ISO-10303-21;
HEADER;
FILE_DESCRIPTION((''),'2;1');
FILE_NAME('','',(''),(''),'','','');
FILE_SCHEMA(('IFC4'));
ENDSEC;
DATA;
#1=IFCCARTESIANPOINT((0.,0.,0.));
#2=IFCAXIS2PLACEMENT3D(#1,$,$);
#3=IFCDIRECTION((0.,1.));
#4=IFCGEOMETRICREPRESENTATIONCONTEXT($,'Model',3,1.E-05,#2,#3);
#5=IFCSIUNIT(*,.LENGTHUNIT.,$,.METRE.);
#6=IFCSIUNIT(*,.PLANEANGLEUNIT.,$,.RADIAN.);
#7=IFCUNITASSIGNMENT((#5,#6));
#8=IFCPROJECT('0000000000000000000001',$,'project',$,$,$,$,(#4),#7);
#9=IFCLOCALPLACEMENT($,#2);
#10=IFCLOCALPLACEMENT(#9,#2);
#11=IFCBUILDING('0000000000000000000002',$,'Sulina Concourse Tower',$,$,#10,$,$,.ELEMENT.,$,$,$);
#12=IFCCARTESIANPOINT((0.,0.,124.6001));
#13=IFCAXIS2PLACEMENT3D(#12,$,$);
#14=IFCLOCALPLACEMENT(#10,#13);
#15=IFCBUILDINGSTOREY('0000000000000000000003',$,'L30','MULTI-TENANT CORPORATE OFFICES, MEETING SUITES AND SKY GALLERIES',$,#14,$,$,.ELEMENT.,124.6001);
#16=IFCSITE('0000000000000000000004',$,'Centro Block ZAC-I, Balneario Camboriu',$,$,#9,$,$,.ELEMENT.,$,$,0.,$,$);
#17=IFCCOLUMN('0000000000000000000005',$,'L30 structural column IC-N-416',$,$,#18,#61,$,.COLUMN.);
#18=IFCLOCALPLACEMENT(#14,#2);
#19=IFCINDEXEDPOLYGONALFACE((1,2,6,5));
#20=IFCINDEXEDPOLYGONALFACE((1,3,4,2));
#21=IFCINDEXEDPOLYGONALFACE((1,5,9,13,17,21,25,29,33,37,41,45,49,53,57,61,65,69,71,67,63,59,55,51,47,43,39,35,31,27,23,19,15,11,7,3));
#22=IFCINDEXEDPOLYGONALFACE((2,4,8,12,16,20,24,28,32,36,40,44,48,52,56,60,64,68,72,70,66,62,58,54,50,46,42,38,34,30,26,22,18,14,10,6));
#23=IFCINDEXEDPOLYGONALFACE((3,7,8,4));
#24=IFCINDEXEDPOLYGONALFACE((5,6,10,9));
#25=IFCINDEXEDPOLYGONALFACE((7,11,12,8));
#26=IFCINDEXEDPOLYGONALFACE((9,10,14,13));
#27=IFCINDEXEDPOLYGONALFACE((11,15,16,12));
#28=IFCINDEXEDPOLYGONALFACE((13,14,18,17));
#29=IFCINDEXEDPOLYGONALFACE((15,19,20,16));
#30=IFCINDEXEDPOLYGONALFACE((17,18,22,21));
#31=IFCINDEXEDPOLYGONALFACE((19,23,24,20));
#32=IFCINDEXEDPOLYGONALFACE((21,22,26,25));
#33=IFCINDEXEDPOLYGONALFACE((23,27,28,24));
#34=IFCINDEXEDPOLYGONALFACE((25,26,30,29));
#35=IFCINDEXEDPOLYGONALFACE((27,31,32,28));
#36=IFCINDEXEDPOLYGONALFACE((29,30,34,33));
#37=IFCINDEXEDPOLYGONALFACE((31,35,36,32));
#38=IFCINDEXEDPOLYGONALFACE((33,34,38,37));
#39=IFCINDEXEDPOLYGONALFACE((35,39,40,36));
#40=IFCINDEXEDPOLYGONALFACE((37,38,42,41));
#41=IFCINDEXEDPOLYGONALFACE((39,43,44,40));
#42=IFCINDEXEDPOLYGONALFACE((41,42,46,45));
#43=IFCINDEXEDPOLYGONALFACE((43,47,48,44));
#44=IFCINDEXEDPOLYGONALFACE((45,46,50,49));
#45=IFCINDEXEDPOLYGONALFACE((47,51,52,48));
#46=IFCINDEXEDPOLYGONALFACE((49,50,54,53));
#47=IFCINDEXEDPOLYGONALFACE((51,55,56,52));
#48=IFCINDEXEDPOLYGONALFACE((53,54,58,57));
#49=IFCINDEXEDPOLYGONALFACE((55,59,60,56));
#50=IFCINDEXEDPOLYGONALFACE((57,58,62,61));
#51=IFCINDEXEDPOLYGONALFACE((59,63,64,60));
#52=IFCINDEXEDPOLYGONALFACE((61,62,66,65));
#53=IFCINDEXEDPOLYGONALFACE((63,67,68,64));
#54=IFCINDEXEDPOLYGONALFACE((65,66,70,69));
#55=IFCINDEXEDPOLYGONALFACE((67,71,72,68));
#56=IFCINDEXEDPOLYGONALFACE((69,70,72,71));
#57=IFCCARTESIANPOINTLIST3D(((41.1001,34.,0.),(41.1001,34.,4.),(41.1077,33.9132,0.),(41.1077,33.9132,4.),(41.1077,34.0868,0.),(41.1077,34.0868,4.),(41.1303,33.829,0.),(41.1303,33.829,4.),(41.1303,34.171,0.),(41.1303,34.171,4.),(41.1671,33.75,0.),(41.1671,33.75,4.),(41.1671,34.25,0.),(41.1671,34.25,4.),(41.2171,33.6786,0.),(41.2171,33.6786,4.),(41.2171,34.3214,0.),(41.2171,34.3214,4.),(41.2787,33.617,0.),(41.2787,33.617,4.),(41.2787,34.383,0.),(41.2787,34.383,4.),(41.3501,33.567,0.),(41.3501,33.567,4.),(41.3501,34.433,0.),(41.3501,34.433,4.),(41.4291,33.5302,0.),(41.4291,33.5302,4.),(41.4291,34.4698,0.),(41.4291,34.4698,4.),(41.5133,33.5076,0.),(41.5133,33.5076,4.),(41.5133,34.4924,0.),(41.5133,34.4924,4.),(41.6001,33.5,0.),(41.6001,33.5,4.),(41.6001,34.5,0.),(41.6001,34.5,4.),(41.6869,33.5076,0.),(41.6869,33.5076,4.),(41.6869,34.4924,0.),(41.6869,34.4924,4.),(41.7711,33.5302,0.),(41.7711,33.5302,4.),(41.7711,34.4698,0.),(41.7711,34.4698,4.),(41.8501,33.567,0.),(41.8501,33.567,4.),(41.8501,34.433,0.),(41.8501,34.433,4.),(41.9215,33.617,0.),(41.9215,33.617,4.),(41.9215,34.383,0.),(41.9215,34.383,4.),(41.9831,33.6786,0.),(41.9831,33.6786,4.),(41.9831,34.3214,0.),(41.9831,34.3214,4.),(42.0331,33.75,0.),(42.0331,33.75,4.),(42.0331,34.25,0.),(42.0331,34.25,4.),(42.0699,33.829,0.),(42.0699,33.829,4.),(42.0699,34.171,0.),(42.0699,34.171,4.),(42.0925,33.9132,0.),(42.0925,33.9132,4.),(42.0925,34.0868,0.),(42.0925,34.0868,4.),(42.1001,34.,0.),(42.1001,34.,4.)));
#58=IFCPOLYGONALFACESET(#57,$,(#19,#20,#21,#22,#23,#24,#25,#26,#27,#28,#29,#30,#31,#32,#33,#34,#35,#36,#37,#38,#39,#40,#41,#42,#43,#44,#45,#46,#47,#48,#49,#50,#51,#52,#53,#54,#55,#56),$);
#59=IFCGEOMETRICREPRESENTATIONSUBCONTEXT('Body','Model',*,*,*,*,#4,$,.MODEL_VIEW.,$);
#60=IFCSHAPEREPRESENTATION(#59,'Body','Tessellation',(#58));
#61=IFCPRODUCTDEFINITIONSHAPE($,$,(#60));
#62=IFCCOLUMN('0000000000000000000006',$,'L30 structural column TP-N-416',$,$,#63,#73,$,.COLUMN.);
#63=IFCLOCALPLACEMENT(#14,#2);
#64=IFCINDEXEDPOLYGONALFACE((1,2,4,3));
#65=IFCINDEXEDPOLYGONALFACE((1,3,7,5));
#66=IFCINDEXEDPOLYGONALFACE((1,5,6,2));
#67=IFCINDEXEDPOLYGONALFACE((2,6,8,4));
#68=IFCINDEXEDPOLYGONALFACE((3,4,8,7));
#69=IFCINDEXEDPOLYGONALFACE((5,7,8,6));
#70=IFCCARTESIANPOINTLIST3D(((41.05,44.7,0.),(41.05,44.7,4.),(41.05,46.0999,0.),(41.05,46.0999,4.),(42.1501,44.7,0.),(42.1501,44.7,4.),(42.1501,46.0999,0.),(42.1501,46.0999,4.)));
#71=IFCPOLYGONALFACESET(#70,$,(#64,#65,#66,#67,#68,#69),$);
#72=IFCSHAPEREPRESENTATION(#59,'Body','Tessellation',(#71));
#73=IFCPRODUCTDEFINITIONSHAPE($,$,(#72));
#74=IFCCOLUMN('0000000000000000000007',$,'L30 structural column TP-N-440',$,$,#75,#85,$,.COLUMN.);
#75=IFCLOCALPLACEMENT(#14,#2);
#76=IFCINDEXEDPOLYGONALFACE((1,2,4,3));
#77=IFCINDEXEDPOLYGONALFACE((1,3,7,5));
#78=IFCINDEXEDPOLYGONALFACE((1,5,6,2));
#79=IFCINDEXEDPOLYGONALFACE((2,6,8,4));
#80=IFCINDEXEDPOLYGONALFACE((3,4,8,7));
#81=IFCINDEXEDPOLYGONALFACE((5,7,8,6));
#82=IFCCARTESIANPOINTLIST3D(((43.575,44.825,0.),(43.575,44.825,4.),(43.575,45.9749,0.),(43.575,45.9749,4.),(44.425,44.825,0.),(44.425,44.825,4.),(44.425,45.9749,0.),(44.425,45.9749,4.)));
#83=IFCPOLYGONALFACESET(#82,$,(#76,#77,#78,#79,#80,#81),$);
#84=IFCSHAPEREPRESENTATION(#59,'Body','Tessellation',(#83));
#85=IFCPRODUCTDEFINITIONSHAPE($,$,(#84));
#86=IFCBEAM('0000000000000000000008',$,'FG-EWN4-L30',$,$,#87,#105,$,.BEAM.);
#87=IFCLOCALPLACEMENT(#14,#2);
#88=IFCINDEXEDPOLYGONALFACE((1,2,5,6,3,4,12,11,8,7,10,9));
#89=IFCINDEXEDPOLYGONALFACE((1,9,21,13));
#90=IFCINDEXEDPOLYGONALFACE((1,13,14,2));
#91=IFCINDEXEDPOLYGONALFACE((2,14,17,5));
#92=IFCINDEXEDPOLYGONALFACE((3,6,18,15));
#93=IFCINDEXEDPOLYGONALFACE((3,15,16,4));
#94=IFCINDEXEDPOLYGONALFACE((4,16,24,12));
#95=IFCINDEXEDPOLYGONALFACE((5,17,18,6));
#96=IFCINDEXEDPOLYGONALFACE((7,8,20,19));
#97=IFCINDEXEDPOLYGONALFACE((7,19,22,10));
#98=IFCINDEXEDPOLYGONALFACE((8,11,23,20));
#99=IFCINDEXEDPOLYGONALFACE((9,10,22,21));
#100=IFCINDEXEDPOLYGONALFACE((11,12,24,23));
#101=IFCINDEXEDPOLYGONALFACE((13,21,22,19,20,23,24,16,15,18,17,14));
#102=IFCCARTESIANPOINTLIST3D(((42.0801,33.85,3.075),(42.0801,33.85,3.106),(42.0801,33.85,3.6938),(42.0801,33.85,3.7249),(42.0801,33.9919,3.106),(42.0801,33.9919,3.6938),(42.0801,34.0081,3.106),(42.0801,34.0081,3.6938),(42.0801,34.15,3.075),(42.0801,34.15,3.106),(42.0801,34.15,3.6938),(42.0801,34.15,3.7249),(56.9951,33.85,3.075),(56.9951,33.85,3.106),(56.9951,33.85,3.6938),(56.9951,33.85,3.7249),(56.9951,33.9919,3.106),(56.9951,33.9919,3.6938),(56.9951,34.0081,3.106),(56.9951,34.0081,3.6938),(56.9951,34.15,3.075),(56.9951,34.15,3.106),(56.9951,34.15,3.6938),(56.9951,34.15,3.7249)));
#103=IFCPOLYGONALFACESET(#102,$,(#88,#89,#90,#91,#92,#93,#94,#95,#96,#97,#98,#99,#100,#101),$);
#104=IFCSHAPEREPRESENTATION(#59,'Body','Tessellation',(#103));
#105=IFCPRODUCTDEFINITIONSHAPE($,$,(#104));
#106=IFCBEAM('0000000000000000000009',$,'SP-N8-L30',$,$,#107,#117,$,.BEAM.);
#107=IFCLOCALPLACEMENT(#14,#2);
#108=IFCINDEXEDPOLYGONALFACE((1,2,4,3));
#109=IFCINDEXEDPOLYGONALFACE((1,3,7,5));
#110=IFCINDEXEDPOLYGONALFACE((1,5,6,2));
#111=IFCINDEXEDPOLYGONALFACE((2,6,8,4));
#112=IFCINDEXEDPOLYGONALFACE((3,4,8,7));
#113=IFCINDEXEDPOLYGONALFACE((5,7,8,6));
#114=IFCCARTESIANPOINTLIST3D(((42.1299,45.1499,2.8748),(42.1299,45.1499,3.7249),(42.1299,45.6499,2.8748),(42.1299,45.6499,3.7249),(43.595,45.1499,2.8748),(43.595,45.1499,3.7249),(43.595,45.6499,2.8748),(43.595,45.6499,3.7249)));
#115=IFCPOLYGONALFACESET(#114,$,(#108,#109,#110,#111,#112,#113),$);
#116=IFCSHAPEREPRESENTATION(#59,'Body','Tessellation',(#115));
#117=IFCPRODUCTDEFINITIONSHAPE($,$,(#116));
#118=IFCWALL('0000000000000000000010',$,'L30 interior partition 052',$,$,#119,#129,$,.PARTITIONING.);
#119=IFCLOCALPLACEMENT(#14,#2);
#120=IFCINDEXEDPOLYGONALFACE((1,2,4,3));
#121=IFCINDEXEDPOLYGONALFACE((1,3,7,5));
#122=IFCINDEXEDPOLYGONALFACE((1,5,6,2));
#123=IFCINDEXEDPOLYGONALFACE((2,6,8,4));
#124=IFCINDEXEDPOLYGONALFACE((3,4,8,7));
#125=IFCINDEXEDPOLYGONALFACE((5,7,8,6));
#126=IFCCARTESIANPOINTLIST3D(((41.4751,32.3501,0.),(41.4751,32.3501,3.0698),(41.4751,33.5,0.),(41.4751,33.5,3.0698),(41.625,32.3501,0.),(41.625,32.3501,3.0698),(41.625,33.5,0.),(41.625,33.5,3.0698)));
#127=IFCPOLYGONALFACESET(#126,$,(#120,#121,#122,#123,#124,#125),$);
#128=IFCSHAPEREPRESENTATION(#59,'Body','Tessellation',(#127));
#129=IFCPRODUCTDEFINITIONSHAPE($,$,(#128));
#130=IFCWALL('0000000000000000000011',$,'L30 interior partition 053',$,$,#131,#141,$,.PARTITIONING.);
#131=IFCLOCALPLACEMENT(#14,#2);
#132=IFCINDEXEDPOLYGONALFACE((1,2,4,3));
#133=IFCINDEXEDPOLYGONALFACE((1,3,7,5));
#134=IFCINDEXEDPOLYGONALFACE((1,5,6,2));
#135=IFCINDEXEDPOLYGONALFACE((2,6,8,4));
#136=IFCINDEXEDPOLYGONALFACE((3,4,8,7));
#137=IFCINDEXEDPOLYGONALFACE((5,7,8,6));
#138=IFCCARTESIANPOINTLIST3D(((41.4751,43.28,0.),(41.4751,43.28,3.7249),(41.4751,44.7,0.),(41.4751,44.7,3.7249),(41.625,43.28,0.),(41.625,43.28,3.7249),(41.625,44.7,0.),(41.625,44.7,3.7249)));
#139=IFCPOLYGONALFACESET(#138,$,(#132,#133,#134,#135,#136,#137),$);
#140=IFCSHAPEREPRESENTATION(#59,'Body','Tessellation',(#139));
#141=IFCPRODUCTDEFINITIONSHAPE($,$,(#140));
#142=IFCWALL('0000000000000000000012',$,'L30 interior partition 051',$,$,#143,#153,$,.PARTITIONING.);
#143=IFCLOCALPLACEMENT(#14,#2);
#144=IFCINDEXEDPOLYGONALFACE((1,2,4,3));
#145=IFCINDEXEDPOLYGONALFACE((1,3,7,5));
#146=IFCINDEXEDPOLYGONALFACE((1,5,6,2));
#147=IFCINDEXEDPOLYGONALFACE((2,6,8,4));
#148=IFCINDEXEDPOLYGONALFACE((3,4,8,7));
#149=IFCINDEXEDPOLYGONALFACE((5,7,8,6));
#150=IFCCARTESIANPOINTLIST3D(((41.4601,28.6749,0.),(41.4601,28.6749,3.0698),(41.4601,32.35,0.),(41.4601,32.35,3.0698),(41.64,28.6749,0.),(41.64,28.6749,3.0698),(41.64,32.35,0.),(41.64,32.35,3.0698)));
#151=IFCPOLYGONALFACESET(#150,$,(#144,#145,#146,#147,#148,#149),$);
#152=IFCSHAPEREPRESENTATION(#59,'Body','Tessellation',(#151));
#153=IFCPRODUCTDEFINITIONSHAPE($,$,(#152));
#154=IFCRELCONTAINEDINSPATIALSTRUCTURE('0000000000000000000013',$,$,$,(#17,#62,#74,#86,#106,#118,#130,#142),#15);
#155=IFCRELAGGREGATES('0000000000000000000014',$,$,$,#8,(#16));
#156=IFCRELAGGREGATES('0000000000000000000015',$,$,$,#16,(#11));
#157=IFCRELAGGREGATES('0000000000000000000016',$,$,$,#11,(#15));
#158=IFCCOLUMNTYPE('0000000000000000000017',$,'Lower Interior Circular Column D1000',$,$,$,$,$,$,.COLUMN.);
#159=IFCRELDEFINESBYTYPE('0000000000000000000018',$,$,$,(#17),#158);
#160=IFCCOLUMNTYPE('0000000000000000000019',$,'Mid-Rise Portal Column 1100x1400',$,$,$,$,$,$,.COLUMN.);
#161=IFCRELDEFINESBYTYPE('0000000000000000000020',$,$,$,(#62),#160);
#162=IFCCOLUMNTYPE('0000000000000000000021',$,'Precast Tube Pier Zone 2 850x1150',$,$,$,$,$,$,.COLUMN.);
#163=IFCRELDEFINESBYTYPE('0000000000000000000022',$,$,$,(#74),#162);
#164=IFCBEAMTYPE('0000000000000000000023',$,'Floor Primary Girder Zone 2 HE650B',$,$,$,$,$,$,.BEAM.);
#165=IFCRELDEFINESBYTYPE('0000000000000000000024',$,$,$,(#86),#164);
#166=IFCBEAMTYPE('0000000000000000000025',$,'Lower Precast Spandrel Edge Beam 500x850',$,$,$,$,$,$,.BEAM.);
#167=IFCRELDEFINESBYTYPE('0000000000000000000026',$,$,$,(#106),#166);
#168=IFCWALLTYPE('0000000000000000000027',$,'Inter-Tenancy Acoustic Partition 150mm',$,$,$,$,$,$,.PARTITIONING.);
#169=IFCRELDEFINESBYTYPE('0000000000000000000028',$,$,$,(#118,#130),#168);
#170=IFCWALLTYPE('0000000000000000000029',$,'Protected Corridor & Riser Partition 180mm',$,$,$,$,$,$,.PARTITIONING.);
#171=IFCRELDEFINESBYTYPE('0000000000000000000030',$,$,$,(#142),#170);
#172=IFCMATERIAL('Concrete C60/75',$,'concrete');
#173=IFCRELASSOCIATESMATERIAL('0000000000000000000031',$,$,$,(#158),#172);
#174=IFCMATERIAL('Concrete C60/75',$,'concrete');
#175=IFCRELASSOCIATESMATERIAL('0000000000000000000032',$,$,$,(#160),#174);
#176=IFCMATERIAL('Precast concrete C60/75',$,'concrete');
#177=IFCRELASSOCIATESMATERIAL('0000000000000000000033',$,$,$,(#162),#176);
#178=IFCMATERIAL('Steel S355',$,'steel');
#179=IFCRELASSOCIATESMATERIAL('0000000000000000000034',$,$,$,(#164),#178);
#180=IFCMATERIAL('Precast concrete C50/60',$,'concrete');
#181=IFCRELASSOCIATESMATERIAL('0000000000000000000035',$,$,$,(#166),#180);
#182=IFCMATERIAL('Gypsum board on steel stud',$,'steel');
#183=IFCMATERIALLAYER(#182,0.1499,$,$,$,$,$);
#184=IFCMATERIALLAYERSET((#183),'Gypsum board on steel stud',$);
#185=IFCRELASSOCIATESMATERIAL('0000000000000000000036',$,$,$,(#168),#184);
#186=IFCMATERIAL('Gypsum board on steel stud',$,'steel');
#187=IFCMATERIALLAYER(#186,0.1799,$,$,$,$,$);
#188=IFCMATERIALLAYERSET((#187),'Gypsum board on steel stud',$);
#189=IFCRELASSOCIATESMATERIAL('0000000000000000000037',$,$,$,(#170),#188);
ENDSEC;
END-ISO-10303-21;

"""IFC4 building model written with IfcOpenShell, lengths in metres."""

from ifc_helpers import new_model, si_unit, direction, frame, frame_2d, origin, origin_2d, place, context, subcontext, project, spatial, rectangle, circle, i_section, extrude, material, layer, layer_set, material_profile, profile_set, type_object, element, save


model = new_model("IFC4")

# Units and contexts
model_context = context("Model", 3, precision=1e-05, world=origin(), true_north=direction((0.0, 1.0)))
body_context = subcontext(model_context, "Body", "Model", "MODEL_VIEW")
ifc_project = project(units=[si_unit("LENGTHUNIT", "METRE"), si_unit("PLANEANGLEUNIT", "RADIAN")], contexts=[model_context])

# Site, building, storey
site_placement = place(None, origin())
site = spatial("IfcSite", under=ifc_project, at=site_placement, Name="Centro Block ZAC-I, Balneario Camboriu", CompositionType="ELEMENT", RefElevation=0.0)
building_placement = place(site_placement, origin())
building = spatial("IfcBuilding", under=site, at=building_placement, Name="Sulina Concourse Tower", CompositionType="ELEMENT")
storey_placement = place(building_placement, frame((0.0, 0.0, 124.6001)))
storey = spatial("IfcBuildingStorey", under=building, at=storey_placement, Name="L30", Description="MULTI-TENANT CORPORATE OFFICES, MEETING SUITES AND SKY GALLERIES", CompositionType="ELEMENT", Elevation=124.6001)

# Columns
ifc_material_1 = material(Name="Concrete C60/75", Category="concrete")
ifc_material_profile_1 = material_profile(ifc_material_1, circle(Radius=0.5, at=origin_2d()), Name="RC D1000")
ifc_profile_set_1 = profile_set([ifc_material_profile_1], Name="Concrete C60/75")
column_type_1 = type_object("IfcColumnType", Name="Lower Interior Circular Column D1000", PredefinedType="COLUMN", material=ifc_profile_set_1)
column_1_placement = place(storey_placement, frame((41.6001, 34.0, 0.0), z_axis=(0.0, 0.0, 1.0), x_axis=(1.0, 0.0, 0.0)))
element("IfcColumn", 1, at=column_1_placement, inside=storey, type_object=column_type_1, Name="L30 structural column IC-N-416", PredefinedType="COLUMN", context=body_context, shape_type="SweptSolid", body=[
    extrude(circle(Radius=0.5, at=origin_2d()), origin(), (0.0, 0.0, 1.0), 4.0),
])
ifc_material_2 = material(Name="Concrete C60/75", Category="concrete")
ifc_material_profile_2 = material_profile(ifc_material_2, rectangle(XDim=1.1001, YDim=1.3999, at=origin_2d()), Name="RC 1100x1400")
ifc_profile_set_2 = profile_set([ifc_material_profile_2], Name="Concrete C60/75")
column_type_2 = type_object("IfcColumnType", Name="Mid-Rise Portal Column 1100x1400", PredefinedType="COLUMN", material=ifc_profile_set_2)
column_2_placement = place(storey_placement, frame((41.6001, 45.3999, 0.0), z_axis=(0.0, 0.0, 1.0), x_axis=(1.0, 0.0, 0.0)))
element("IfcColumn", 2, at=column_2_placement, inside=storey, type_object=column_type_2, Name="L30 structural column TP-N-416", PredefinedType="COLUMN", context=body_context, shape_type="SweptSolid", body=[
    extrude(rectangle(XDim=1.1001, YDim=1.3999, at=origin_2d()), origin(), (0.0, 0.0, 1.0), 4.0),
])
ifc_material_3 = material(Name="Precast concrete C60/75", Category="concrete")
ifc_material_profile_3 = material_profile(ifc_material_3, rectangle(XDim=0.8501, YDim=1.1499, at=origin_2d()), Name="PC 850x1150")
ifc_profile_set_3 = profile_set([ifc_material_profile_3], Name="Precast concrete C60/75")
column_type_3 = type_object("IfcColumnType", Name="Precast Tube Pier Zone 2 850x1150", PredefinedType="COLUMN", material=ifc_profile_set_3)
column_3_placement = place(storey_placement, frame((44.0, 45.3999, 0.0), z_axis=(0.0, 0.0, 1.0), x_axis=(1.0, 0.0, 0.0)))
element("IfcColumn", 3, at=column_3_placement, inside=storey, type_object=column_type_3, Name="L30 structural column TP-N-440", PredefinedType="COLUMN", context=body_context, shape_type="SweptSolid", body=[
    extrude(rectangle(XDim=0.8501, YDim=1.1499, at=origin_2d()), origin(), (0.0, 0.0, 1.0), 4.0),
])

# Beams
ifc_material_4 = material(Name="Steel S355", Category="steel")
ifc_material_profile_4 = material_profile(ifc_material_4, i_section(OverallWidth=0.3, OverallDepth=0.6499, WebThickness=0.0161, FlangeThickness=0.031, at=origin_2d()), Name="HE 650 B")
ifc_profile_set_4 = profile_set([ifc_material_profile_4], Name="Steel S355")
beam_type_1 = type_object("IfcBeamType", Name="Floor Primary Girder Zone 2 HE650B", PredefinedType="BEAM", material=ifc_profile_set_4)
beam_1_placement = place(storey_placement, frame((42.0801, 34.0, 3.3999), z_axis=(1.0, 0.0, 0.0), x_axis=(0.0, 1.0, 0.0)))
element("IfcBeam", 4, at=beam_1_placement, inside=storey, type_object=beam_type_1, Name="FG-EWN4-L30", PredefinedType="BEAM", context=body_context, shape_type="SweptSolid", body=[
    extrude(i_section(OverallWidth=0.3, OverallDepth=0.6499, WebThickness=0.0161, FlangeThickness=0.031, at=origin_2d()), origin(), (0.0, 0.0, 1.0), 14.915),
])
ifc_material_5 = material(Name="Precast concrete C50/60", Category="concrete")
ifc_material_profile_5 = material_profile(ifc_material_5, rectangle(XDim=0.5, YDim=0.8501, at=origin_2d()), Name="RC 500x850")
ifc_profile_set_5 = profile_set([ifc_material_profile_5], Name="Precast concrete C50/60")
beam_type_2 = type_object("IfcBeamType", Name="Lower Precast Spandrel Edge Beam 500x850", PredefinedType="BEAM", material=ifc_profile_set_5)
beam_2_placement = place(storey_placement, frame((42.1299, 45.3999, 3.2998), z_axis=(1.0, 0.0, 0.0), x_axis=(0.0, 1.0, 0.0)))
element("IfcBeam", 5, at=beam_2_placement, inside=storey, type_object=beam_type_2, Name="SP-N8-L30", PredefinedType="BEAM", context=body_context, shape_type="SweptSolid", body=[
    extrude(rectangle(XDim=0.5, YDim=0.8501, at=origin_2d()), origin(), (0.0, 0.0, 1.0), 1.4651),
])

# Walls
ifc_material_6 = material(Name="Gypsum board on steel stud", Category="steel")
ifc_layer_1 = layer(ifc_material_6, 0.1499)
ifc_layer_set_1 = layer_set([ifc_layer_1], Name="Gypsum board on steel stud")
wall_type_1 = type_object("IfcWallType", Name="Inter-Tenancy Acoustic Partition 150mm", PredefinedType="PARTITIONING", material=ifc_layer_set_1)
wall_1_placement = place(storey_placement, frame((41.55, 32.3501, 0.0), z_axis=(0.0, 0.0, 1.0), x_axis=(0.0, 1.0, 0.0)))
element("IfcWall", 6, at=wall_1_placement, inside=storey, type_object=wall_type_1, Name="L30 interior partition 052", PredefinedType="PARTITIONING", context=body_context, shape_type="SweptSolid", body=[
    extrude(rectangle(XDim=1.1499, YDim=0.1499, at=frame_2d((0.575, 0.0))), origin(), (0.0, 0.0, 1.0), 3.0698),
])
wall_2_placement = place(storey_placement, frame((41.55, 43.28, 0.0), z_axis=(0.0, 0.0, 1.0), x_axis=(0.0, 1.0, 0.0)))
element("IfcWall", 7, at=wall_2_placement, inside=storey, type_object=wall_type_1, Name="L30 interior partition 053", PredefinedType="PARTITIONING", context=body_context, shape_type="SweptSolid", body=[
    extrude(rectangle(XDim=1.4199, YDim=0.1499, at=frame_2d((0.71, 0.0))), origin(), (0.0, 0.0, 1.0), 3.7249),
])
ifc_material_7 = material(Name="Gypsum board on steel stud", Category="steel")
ifc_layer_2 = layer(ifc_material_7, 0.1799)
ifc_layer_set_2 = layer_set([ifc_layer_2], Name="Gypsum board on steel stud")
wall_type_2 = type_object("IfcWallType", Name="Protected Corridor & Riser Partition 180mm", PredefinedType="PARTITIONING", material=ifc_layer_set_2)
wall_3_placement = place(storey_placement, frame((41.55, 28.675, 0.0), z_axis=(0.0, 0.0, 1.0), x_axis=(0.0, 1.0, 0.0)))
element("IfcWall", 8, at=wall_3_placement, inside=storey, type_object=wall_type_2, Name="L30 interior partition 051", PredefinedType="PARTITIONING", context=body_context, shape_type="SweptSolid", body=[
    extrude(rectangle(XDim=3.675, YDim=0.1799, at=frame_2d((1.8374, 0.0))), origin(), (0.0, 0.0, 1.0), 3.0698),
])

save(model, "model.ifc")
